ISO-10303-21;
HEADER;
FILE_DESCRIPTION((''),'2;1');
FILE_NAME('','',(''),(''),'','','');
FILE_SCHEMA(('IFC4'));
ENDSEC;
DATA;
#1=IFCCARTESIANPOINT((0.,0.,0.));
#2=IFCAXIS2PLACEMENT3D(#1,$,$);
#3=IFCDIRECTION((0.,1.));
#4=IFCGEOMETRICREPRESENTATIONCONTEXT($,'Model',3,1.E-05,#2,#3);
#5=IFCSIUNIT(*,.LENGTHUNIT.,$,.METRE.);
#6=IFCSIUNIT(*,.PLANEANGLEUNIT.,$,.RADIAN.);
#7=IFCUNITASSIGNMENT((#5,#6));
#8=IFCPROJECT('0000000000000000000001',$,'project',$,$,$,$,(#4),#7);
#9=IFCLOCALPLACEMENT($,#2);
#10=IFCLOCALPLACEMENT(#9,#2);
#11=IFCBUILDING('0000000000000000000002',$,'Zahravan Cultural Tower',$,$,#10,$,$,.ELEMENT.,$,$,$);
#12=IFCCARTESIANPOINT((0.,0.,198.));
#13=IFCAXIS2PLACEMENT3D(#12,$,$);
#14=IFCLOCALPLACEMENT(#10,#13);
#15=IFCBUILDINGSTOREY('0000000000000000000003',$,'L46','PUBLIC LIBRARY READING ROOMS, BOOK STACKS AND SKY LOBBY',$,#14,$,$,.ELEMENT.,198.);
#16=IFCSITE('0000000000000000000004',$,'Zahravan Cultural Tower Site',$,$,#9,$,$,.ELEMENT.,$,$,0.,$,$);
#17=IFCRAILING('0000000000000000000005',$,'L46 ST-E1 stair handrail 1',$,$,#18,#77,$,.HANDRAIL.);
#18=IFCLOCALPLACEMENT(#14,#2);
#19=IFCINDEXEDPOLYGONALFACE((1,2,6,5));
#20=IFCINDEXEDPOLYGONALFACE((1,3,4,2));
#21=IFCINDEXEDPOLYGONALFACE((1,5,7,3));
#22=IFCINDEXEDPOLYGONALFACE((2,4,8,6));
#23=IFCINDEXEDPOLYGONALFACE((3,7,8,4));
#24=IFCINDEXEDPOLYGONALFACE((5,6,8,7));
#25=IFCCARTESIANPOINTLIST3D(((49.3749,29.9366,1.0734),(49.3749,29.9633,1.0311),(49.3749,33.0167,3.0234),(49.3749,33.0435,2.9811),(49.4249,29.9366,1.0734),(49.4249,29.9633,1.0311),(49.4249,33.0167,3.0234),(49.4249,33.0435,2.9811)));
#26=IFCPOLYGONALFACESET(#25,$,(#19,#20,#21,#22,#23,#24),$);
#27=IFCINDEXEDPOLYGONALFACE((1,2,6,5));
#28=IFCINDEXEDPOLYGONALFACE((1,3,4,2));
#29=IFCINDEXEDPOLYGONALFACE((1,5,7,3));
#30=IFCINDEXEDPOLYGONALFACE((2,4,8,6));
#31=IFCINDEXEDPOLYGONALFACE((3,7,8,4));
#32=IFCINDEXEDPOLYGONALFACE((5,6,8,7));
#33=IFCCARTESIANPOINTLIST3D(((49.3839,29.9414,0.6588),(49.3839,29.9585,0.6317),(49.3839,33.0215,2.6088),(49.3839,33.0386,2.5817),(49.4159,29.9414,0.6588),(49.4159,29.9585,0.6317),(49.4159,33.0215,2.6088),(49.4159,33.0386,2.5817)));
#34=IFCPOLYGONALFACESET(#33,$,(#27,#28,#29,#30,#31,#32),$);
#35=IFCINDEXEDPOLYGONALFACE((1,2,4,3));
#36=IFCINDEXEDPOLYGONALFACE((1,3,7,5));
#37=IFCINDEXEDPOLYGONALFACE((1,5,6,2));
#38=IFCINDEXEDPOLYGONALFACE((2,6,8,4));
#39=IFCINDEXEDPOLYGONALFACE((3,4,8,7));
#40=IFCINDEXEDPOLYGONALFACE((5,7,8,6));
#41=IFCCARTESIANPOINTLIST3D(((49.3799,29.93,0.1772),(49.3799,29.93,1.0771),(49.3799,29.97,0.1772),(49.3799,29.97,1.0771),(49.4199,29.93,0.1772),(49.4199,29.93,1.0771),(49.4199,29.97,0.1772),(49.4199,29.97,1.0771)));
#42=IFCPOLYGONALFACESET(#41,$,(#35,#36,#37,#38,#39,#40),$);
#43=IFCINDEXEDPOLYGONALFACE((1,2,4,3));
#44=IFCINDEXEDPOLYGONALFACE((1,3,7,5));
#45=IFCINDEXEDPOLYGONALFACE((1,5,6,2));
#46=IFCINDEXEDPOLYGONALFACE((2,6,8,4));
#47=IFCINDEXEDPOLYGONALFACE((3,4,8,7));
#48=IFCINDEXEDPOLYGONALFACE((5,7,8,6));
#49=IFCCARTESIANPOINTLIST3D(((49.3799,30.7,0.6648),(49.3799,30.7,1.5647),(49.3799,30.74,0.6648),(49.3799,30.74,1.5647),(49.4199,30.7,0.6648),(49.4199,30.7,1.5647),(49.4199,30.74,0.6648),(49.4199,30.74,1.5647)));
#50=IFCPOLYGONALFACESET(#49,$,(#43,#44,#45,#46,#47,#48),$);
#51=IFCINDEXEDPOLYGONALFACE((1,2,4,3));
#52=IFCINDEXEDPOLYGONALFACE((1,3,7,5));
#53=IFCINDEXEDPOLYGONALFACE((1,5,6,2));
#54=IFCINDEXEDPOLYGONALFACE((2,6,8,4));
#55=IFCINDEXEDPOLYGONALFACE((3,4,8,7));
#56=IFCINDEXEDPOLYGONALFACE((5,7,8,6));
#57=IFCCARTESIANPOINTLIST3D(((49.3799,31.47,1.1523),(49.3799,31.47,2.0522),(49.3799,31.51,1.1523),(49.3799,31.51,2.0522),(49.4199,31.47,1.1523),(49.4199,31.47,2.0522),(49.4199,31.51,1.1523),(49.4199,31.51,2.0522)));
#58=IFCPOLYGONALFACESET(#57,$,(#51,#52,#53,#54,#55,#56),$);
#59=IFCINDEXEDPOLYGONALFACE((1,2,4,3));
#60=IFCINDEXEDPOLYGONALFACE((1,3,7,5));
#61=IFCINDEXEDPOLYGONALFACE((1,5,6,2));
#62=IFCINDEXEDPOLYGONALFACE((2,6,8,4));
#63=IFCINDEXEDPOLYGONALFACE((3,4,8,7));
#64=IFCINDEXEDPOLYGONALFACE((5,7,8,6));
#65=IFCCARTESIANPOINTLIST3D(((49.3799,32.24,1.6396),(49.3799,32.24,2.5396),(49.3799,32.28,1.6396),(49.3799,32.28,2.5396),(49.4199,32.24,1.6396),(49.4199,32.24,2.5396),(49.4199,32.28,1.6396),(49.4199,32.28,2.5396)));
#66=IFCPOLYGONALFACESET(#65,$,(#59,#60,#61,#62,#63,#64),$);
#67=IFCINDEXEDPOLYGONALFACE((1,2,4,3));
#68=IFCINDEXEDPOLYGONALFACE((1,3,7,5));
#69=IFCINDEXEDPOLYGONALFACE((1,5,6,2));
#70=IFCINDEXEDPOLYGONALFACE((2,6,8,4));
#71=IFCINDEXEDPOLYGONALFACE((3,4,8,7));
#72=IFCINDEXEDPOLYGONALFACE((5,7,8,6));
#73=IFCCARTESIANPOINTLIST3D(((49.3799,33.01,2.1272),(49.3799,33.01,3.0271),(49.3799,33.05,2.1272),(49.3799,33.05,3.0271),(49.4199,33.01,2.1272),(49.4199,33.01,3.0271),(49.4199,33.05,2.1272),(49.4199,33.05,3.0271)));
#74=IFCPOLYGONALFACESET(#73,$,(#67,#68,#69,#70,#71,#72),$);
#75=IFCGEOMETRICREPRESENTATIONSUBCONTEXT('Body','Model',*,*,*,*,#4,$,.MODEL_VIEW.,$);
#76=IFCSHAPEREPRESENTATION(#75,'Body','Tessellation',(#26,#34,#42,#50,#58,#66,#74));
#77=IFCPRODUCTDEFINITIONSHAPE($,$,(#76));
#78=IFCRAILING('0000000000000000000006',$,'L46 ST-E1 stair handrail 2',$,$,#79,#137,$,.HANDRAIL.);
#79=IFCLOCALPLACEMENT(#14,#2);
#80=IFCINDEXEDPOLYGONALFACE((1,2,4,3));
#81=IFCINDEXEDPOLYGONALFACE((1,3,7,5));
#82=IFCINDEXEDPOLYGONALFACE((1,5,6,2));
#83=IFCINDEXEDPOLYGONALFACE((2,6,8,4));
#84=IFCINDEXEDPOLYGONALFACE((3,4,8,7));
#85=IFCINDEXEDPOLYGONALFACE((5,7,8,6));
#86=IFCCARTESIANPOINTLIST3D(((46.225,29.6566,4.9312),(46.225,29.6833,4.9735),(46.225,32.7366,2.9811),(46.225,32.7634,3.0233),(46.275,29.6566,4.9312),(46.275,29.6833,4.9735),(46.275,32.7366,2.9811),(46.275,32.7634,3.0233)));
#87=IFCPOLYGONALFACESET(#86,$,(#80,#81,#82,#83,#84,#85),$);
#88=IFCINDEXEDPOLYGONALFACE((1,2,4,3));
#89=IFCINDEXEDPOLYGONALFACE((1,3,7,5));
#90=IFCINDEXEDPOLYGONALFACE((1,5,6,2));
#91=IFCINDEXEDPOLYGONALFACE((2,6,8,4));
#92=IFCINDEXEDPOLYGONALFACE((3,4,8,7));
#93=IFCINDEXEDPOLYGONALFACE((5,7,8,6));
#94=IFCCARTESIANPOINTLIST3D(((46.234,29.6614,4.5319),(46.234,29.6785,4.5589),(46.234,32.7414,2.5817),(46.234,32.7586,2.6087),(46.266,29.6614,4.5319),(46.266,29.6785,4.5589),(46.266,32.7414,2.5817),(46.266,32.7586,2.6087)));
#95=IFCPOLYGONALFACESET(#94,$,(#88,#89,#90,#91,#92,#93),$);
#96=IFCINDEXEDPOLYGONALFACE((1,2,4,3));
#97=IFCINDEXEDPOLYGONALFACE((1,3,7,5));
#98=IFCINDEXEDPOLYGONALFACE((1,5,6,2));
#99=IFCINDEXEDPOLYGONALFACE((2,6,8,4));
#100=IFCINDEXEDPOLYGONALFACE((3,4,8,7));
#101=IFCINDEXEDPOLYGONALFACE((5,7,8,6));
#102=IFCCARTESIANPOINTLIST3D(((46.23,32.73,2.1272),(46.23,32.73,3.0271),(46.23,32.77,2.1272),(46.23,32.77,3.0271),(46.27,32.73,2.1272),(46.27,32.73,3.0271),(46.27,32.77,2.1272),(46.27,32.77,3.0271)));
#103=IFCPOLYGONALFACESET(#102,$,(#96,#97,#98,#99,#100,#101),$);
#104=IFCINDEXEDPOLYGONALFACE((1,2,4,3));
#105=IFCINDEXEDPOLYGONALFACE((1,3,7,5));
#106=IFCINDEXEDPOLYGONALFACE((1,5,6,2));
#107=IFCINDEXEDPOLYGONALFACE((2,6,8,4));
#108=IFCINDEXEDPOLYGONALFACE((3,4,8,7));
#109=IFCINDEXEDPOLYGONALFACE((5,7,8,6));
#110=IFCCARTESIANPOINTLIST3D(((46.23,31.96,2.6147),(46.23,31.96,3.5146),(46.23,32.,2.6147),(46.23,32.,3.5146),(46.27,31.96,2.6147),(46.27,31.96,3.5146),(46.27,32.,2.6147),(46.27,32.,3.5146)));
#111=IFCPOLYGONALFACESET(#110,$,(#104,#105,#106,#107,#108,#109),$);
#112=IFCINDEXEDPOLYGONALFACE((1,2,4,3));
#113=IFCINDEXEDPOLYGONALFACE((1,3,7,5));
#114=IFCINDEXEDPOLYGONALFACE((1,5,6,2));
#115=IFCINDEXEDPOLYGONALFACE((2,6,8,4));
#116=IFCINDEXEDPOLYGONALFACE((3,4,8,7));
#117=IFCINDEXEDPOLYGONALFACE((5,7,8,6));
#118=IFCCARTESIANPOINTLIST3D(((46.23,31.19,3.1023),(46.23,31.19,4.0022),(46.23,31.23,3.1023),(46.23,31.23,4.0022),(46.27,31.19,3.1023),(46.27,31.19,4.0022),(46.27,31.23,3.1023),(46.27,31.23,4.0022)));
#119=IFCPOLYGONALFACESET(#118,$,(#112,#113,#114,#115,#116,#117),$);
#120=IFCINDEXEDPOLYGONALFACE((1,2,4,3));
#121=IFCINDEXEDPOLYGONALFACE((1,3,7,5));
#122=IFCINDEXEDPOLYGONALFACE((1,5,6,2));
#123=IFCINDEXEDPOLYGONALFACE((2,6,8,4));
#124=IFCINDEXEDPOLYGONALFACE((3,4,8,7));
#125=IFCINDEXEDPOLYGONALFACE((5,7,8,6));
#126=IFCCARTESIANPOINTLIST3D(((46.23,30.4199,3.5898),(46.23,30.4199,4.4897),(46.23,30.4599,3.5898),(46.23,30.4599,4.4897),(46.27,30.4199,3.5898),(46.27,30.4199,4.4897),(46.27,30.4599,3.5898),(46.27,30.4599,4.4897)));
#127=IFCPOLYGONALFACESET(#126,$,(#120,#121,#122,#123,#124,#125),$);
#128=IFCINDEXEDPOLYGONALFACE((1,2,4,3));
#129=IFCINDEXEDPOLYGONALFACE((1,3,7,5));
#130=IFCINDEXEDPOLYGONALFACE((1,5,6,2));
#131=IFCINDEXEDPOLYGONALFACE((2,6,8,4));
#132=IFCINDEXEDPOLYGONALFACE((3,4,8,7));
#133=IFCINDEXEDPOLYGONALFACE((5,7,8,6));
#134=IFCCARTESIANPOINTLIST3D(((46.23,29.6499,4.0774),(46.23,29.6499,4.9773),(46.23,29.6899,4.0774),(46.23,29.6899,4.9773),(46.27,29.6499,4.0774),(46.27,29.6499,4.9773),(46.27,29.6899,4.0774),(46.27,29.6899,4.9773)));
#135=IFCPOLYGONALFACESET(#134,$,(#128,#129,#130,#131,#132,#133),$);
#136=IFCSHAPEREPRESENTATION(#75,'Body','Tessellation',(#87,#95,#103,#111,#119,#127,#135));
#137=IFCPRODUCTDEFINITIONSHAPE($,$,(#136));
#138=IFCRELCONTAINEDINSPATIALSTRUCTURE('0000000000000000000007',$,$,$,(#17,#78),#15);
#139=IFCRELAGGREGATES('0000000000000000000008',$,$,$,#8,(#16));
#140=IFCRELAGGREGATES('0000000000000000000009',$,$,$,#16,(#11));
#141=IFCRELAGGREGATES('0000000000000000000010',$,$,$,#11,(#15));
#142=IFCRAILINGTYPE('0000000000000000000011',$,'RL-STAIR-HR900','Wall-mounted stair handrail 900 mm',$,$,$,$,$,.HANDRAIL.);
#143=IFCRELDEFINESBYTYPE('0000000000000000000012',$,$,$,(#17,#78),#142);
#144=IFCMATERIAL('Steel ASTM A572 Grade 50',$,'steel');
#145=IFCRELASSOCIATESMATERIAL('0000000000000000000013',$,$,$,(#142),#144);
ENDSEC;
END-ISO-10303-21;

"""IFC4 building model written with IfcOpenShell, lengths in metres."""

from ifc_helpers import new_model, si_unit, direction, frame, origin, origin_2d, place, context, subcontext, project, spatial, rectangle, extrude, material, type_object, element, save


model = new_model("IFC4")

# Units and contexts
model_context = context("Model", 3, precision=1e-05, world=origin(), true_north=direction((0.0, 1.0)))
body_context = subcontext(model_context, "Body", "Model", "MODEL_VIEW")
ifc_project = project(units=[si_unit("LENGTHUNIT", "METRE"), si_unit("PLANEANGLEUNIT", "RADIAN")], contexts=[model_context])

# Site, building, storey
site_placement = place(None, origin())
site = spatial("IfcSite", under=ifc_project, at=site_placement, Name="Zahravan Cultural Tower Site", CompositionType="ELEMENT", RefElevation=0.0)
building_placement = place(site_placement, origin())
building = spatial("IfcBuilding", under=site, at=building_placement, Name="Zahravan Cultural Tower", CompositionType="ELEMENT")
storey_placement = place(building_placement, frame((0.0, 0.0, 198.0)))
storey = spatial("IfcBuildingStorey", under=building, at=storey_placement, Name="L46", Description="PUBLIC LIBRARY READING ROOMS, BOOK STACKS AND SKY LOBBY", CompositionType="ELEMENT", Elevation=198.0)

# Shared definitions
ifc_material_1 = material(Name="Steel ASTM A572 Grade 50", Category="steel")

# Railings
railing_type_1 = type_object("IfcRailingType", Name="RL-STAIR-HR900", Description="Wall-mounted stair handrail 900 mm", PredefinedType="HANDRAIL", material=ifc_material_1)
railing_1_placement = place(storey_placement, frame((49.3999, 29.95, 0.1772)))
element("IfcRailing", 1, at=railing_1_placement, inside=storey, type_object=railing_type_1, Name="L46 ST-E1 stair handrail 1", PredefinedType="HANDRAIL", context=body_context, shape_type="SweptSolid", body=[
    extrude(rectangle(XDim=0.05, YDim=0.05, at=origin_2d()), frame((0.0, 0.0, 0.875), z_axis=(0.0, 0.844914, 0.534902), x_axis=(-1.0, 0.0, 0.0)), (0.0, 0.0, 1.0), 3.6455),
    extrude(rectangle(XDim=0.032, YDim=0.032, at=origin_2d()), frame((0.0, 0.0, 0.468), z_axis=(0.0, 0.844914, 0.534902), x_axis=(-1.0, 0.0, 0.0)), (0.0, 0.0, 1.0), 3.6455),
    extrude(rectangle(XDim=0.04, YDim=0.04, at=origin_2d()), origin(), (0.0, 0.0, 1.0), 0.8999),
    extrude(rectangle(XDim=0.04, YDim=0.04, at=origin_2d()), frame((0.0, 0.77, 0.4875)), (0.0, 0.0, 1.0), 0.8999),
    extrude(rectangle(XDim=0.04, YDim=0.04, at=origin_2d()), frame((0.0, 1.54, 0.9751)), (0.0, 0.0, 1.0), 0.8999),
    extrude(rectangle(XDim=0.04, YDim=0.04, at=origin_2d()), frame((0.0, 2.3101, 1.4624)), (0.0, 0.0, 1.0), 0.8999),
    extrude(rectangle(XDim=0.04, YDim=0.04, at=origin_2d()), frame((0.0, 3.0801, 1.95)), (0.0, 0.0, 1.0), 0.8999),
])
railing_2_placement = place(storey_placement, frame((46.25, 32.75, 2.1272)))
element("IfcRailing", 2, at=railing_2_placement, inside=storey, type_object=railing_type_1, Name="L46 ST-E1 stair handrail 2", PredefinedType="HANDRAIL", context=body_context, shape_type="SweptSolid", body=[
    extrude(rectangle(XDim=0.05, YDim=0.05, at=origin_2d()), frame((0.0, 0.0, 0.875), z_axis=(0.0, -0.844884, 0.53495), x_axis=(1.0, 0.0, 0.0)), (0.0, 0.0, 1.0), 3.6455),
    extrude(rectangle(XDim=0.032, YDim=0.032, at=origin_2d()), frame((0.0, 0.0, 0.468), z_axis=(0.0, -0.844884, 0.53495), x_axis=(1.0, 0.0, 0.0)), (0.0, 0.0, 1.0), 3.6455),
    extrude(rectangle(XDim=0.04, YDim=0.04, at=origin_2d()), origin(), (0.0, 0.0, 1.0), 0.8999),
    extrude(rectangle(XDim=0.04, YDim=0.04, at=origin_2d()), frame((0.0, -0.77, 0.4875)), (0.0, 0.0, 1.0), 0.8999),
    extrude(rectangle(XDim=0.04, YDim=0.04, at=origin_2d()), frame((0.0, -1.54, 0.9751)), (0.0, 0.0, 1.0), 0.8999),
    extrude(rectangle(XDim=0.04, YDim=0.04, at=origin_2d()), frame((0.0, -2.3101, 1.4626)), (0.0, 0.0, 1.0), 0.8999),
    extrude(rectangle(XDim=0.04, YDim=0.04, at=origin_2d()), frame((0.0, -3.0801, 1.9502)), (0.0, 0.0, 1.0), 0.8999),
])

save(model, "model.ifc")
